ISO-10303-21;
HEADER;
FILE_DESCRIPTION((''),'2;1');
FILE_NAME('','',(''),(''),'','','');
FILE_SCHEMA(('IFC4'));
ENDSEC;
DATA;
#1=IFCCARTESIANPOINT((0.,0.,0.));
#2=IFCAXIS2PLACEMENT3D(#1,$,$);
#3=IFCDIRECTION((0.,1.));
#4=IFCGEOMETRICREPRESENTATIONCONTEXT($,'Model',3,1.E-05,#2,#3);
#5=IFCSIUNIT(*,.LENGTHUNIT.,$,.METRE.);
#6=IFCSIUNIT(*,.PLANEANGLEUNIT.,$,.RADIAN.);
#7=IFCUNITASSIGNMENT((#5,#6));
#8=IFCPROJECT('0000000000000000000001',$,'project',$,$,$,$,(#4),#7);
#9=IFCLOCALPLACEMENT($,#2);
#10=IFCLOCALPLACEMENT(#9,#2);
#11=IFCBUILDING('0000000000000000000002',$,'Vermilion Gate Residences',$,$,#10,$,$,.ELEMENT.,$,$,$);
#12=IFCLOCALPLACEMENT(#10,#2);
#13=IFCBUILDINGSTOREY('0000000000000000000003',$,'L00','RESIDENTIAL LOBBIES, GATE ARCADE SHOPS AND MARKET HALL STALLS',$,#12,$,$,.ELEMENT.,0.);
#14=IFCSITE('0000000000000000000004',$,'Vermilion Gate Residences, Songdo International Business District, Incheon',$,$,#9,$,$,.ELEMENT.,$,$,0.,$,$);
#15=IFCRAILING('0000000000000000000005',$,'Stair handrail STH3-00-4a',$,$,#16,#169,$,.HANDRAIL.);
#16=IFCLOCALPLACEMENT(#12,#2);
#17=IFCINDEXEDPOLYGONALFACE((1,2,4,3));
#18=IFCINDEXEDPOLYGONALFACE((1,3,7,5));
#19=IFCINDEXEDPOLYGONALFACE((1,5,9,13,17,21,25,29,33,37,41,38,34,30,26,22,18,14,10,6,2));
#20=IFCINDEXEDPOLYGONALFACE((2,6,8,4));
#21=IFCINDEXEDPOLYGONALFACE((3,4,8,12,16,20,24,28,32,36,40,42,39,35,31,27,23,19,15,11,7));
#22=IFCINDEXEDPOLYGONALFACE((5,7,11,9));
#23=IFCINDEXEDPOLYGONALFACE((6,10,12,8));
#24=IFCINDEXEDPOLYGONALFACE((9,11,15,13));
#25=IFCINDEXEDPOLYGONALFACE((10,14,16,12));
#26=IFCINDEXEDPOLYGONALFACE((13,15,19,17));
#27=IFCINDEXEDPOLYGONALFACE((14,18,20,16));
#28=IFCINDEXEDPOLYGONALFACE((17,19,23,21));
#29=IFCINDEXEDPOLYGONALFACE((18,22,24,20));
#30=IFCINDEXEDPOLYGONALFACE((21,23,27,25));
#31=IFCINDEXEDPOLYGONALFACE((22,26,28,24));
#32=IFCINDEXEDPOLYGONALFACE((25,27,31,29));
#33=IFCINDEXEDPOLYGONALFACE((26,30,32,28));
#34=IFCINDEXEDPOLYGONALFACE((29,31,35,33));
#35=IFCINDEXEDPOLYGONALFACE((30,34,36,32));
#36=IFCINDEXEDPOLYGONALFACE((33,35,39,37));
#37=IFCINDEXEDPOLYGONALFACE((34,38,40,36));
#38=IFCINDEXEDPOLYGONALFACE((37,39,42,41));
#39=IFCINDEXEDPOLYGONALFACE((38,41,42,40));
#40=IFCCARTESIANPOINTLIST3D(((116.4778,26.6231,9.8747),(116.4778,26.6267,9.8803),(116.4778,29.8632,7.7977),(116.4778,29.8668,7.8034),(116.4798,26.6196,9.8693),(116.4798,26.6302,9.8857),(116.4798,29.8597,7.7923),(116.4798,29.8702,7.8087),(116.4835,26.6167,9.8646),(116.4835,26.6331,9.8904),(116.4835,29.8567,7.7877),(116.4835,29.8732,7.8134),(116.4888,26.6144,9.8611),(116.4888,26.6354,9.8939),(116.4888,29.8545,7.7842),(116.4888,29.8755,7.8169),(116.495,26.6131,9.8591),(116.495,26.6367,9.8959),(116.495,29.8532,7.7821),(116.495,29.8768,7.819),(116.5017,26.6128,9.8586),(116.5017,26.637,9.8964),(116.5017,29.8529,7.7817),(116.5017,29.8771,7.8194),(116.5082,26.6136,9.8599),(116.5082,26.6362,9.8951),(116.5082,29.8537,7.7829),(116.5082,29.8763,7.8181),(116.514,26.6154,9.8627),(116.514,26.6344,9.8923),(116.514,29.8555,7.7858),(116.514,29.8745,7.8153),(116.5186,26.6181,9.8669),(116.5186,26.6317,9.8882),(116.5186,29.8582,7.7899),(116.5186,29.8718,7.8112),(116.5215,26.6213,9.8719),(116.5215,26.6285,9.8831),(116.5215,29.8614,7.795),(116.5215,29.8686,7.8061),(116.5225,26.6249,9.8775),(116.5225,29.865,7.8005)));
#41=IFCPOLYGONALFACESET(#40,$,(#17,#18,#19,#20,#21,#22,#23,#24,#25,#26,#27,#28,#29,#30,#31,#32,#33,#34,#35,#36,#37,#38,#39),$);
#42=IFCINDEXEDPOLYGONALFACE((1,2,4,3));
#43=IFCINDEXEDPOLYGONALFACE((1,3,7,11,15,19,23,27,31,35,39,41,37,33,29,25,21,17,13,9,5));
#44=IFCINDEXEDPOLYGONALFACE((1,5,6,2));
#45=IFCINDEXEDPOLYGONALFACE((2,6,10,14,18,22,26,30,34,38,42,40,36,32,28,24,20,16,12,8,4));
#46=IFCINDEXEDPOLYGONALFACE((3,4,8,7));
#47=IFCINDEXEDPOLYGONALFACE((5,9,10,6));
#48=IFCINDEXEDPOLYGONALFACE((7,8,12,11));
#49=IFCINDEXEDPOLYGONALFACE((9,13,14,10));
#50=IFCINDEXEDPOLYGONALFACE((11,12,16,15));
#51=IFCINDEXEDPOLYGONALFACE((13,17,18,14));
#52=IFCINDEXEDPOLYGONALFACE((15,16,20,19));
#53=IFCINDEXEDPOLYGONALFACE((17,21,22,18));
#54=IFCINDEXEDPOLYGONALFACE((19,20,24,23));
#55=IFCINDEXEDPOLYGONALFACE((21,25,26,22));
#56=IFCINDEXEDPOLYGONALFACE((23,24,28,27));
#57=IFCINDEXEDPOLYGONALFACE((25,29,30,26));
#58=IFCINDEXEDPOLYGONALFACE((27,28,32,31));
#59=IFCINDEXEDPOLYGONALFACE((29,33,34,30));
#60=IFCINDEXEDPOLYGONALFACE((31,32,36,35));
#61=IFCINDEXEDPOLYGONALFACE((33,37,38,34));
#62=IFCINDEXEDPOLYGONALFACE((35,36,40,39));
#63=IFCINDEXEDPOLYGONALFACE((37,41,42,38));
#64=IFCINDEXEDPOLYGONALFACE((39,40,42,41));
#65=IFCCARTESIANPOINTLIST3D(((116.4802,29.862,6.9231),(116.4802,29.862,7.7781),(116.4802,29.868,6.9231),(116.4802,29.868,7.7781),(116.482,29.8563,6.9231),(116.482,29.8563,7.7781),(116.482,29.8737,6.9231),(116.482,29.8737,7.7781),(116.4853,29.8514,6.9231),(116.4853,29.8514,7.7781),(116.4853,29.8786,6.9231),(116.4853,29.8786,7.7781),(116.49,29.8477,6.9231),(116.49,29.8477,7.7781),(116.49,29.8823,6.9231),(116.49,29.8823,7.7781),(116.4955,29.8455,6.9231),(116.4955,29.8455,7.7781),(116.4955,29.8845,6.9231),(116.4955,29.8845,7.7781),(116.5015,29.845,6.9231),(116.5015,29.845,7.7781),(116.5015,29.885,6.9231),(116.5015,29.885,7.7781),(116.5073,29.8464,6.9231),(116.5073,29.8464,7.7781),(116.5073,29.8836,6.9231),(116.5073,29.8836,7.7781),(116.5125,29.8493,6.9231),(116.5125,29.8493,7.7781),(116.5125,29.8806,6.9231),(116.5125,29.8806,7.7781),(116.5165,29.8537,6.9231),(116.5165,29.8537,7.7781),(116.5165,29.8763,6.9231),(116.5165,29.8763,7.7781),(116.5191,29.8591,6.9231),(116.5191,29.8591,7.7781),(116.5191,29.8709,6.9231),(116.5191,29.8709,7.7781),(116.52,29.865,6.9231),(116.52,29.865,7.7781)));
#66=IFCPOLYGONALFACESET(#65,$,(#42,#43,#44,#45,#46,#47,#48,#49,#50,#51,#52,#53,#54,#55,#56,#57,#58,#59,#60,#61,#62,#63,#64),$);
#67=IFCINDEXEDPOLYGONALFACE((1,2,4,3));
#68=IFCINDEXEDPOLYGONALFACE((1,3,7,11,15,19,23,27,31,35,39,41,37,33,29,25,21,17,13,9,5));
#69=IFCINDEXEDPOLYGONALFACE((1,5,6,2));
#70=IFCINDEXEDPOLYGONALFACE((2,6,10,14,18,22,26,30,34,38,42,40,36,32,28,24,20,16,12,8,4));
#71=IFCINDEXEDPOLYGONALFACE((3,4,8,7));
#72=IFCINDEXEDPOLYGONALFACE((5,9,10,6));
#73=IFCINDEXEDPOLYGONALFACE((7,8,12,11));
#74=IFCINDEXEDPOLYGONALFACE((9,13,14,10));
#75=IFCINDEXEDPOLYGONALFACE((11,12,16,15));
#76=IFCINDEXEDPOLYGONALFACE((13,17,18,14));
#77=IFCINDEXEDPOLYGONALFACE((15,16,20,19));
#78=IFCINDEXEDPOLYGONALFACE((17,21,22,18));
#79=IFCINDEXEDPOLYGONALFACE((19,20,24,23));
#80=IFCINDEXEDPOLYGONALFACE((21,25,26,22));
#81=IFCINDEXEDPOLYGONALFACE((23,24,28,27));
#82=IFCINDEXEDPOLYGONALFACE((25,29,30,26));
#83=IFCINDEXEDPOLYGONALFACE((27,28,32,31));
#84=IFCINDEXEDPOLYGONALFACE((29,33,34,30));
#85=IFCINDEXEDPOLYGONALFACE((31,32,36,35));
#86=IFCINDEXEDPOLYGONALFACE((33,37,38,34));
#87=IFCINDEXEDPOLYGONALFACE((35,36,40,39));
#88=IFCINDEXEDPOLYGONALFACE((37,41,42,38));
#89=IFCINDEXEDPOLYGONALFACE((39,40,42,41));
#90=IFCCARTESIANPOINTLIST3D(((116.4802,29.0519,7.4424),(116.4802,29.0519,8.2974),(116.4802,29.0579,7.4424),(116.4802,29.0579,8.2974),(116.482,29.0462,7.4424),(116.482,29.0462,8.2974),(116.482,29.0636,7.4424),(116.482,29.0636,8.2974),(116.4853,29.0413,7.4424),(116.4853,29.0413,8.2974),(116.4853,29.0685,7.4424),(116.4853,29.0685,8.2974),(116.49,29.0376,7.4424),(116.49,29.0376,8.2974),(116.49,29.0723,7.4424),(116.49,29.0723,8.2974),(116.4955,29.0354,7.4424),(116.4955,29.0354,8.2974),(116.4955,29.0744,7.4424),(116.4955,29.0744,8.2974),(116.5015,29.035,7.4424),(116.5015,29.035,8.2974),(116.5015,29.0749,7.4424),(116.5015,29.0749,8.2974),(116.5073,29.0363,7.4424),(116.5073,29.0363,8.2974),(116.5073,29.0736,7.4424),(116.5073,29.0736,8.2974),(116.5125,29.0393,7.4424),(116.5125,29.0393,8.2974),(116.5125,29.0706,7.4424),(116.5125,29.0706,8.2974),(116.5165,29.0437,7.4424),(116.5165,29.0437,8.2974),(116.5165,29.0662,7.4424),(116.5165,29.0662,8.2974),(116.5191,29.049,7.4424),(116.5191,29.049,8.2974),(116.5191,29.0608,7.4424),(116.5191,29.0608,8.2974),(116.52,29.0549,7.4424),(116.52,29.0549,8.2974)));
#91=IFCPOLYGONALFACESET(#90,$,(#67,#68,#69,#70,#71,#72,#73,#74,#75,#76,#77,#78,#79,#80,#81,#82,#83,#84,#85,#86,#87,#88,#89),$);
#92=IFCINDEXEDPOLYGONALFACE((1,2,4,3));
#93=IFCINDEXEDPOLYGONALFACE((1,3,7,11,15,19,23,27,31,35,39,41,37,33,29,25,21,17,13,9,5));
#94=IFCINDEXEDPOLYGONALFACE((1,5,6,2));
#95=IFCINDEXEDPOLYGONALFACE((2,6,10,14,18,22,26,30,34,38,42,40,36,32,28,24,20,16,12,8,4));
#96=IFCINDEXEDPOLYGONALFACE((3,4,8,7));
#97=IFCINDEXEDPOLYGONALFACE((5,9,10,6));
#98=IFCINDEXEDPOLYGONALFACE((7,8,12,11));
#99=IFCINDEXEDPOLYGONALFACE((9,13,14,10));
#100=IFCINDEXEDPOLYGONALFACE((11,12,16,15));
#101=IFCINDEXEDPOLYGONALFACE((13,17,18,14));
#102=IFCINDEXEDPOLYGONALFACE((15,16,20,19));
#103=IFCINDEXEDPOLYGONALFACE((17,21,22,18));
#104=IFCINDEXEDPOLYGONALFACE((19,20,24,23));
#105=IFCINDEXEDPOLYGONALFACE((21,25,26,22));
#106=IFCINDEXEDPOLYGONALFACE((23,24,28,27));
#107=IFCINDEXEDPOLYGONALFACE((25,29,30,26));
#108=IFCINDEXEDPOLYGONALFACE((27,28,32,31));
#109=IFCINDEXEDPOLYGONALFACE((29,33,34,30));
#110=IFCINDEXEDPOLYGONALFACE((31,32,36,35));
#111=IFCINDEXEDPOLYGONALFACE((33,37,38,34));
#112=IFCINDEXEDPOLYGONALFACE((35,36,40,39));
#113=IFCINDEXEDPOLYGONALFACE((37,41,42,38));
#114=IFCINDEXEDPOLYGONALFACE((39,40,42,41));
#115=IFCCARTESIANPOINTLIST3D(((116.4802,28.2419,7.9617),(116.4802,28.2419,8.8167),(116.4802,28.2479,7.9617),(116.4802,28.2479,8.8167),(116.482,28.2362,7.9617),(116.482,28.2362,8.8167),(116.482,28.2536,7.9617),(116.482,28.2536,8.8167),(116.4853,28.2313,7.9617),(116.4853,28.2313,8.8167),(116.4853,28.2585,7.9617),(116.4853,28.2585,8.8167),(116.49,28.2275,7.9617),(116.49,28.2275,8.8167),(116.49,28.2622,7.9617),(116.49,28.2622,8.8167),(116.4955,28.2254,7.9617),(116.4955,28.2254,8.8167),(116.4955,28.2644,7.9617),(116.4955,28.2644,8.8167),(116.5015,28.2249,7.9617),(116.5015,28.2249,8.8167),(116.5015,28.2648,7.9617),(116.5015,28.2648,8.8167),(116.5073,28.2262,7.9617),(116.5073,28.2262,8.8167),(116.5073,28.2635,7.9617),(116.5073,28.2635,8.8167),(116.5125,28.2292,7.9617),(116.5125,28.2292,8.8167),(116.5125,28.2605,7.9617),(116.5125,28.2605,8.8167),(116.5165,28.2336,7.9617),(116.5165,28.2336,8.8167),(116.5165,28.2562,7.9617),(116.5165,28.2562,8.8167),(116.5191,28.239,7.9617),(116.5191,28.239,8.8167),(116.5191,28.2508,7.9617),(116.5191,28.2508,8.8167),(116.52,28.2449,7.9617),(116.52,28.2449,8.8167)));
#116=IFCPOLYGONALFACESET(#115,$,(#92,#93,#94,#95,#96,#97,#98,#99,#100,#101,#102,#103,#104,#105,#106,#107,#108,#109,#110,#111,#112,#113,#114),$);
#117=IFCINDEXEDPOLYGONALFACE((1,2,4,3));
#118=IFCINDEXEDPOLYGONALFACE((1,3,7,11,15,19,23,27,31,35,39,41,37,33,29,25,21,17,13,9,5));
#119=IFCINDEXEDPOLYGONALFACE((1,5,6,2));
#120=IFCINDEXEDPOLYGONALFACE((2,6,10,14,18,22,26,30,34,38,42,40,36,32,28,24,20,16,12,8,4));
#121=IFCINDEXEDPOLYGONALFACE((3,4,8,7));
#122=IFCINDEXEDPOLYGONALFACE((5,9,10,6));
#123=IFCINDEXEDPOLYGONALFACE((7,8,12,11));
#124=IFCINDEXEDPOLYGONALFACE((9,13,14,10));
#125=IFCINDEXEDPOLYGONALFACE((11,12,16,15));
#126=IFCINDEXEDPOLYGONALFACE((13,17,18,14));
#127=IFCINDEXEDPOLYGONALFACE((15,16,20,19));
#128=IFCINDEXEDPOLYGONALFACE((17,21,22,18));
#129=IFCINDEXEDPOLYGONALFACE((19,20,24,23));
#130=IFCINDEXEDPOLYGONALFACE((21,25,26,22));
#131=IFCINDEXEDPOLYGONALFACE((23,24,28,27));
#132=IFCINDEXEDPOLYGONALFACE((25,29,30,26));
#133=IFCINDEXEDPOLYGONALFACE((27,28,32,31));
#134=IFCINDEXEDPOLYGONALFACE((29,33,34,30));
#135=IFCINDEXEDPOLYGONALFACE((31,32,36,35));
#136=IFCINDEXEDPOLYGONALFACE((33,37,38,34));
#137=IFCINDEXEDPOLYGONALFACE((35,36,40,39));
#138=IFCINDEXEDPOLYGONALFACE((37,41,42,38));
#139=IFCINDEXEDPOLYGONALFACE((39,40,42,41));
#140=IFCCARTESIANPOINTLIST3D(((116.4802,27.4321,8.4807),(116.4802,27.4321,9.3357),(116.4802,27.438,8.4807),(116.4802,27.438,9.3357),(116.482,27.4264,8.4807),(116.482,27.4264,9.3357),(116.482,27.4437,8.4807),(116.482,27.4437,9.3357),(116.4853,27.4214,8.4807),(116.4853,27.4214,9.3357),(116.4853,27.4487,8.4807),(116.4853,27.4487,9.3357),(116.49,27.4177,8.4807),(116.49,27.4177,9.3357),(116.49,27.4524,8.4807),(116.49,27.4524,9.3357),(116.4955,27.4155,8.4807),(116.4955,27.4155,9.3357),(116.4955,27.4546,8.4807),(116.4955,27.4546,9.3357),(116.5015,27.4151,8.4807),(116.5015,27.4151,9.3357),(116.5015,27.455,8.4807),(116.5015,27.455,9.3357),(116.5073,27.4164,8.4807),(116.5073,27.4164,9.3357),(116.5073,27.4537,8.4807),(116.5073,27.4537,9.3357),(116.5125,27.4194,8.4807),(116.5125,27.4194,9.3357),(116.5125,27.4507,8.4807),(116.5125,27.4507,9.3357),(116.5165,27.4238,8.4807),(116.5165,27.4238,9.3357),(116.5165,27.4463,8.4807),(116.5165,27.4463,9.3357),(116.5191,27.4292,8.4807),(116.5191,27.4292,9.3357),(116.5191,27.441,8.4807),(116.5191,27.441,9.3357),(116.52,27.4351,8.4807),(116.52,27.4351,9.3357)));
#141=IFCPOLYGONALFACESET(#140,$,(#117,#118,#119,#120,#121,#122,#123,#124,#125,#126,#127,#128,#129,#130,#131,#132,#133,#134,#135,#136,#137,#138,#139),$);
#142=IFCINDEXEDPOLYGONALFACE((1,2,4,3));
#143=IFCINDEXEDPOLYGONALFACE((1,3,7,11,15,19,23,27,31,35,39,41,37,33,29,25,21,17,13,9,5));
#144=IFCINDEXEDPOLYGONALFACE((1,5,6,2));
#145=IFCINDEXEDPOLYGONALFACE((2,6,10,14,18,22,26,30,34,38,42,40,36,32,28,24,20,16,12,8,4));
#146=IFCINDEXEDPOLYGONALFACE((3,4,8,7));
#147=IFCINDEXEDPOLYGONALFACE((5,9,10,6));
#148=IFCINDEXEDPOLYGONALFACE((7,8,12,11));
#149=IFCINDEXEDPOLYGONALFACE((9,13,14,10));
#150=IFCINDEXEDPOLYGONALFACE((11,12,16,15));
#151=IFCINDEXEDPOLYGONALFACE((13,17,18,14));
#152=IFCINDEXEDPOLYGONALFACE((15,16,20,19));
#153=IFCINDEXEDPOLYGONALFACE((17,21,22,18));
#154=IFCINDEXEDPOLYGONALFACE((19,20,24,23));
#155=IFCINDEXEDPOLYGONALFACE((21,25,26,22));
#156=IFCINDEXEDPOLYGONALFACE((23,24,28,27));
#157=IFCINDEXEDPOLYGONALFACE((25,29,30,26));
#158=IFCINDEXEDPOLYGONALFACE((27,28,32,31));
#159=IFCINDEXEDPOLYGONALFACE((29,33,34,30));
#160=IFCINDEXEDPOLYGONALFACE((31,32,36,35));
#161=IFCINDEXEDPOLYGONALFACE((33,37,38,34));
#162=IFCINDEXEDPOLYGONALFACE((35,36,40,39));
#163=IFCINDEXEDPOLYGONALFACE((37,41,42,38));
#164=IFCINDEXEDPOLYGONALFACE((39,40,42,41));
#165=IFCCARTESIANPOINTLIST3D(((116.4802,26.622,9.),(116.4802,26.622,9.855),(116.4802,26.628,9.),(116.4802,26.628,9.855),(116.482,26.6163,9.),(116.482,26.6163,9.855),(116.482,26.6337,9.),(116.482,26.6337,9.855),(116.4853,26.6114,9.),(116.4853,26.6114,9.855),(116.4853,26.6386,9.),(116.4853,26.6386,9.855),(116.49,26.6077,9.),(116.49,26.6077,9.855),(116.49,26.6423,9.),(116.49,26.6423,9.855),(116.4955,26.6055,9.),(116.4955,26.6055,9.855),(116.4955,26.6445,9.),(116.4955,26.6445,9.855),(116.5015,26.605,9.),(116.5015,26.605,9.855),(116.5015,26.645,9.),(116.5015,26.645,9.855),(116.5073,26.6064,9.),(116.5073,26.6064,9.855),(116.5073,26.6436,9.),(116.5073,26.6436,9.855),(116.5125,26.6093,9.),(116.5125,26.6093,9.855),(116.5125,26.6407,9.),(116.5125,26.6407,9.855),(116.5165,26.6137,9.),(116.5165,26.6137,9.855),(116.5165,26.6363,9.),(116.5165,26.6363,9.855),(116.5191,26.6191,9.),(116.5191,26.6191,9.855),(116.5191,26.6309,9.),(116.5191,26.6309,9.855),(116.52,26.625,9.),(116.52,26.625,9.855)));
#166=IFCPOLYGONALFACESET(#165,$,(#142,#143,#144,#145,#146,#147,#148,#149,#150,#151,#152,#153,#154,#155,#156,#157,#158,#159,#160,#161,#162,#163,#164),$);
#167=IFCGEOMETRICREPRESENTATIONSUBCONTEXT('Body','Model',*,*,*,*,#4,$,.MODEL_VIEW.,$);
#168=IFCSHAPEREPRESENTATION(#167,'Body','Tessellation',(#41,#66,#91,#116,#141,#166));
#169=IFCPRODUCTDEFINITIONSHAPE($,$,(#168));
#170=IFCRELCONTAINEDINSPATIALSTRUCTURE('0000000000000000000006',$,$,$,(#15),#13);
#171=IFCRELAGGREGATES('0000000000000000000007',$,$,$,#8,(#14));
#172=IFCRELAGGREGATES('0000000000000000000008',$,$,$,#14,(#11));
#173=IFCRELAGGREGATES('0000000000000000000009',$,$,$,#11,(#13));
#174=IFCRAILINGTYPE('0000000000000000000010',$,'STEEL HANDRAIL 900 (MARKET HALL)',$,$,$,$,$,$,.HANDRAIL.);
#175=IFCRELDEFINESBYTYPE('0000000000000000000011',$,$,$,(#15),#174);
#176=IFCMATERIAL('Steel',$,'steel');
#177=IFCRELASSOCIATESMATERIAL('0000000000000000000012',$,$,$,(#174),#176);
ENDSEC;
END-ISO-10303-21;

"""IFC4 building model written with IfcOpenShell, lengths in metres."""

from ifc_helpers import new_model, si_unit, direction, frame, origin, origin_2d, place, context, subcontext, project, spatial, circle, extrude, material, type_object, element, save


model = new_model("IFC4")

# Units and contexts
model_context = context("Model", 3, precision=1e-05, world=origin(), true_north=direction((0.0, 1.0)))
body_context = subcontext(model_context, "Body", "Model", "MODEL_VIEW")
ifc_project = project(units=[si_unit("LENGTHUNIT", "METRE"), si_unit("PLANEANGLEUNIT", "RADIAN")], contexts=[model_context])

# Site, building, storey
site_placement = place(None, origin())
site = spatial("IfcSite", under=ifc_project, at=site_placement, Name="Vermilion Gate Residences, Songdo International Business District, Incheon", CompositionType="ELEMENT", RefElevation=0.0)
building_placement = place(site_placement, origin())
building = spatial("IfcBuilding", under=site, at=building_placement, Name="Vermilion Gate Residences", CompositionType="ELEMENT")
storey_placement = place(building_placement, origin())
storey = spatial("IfcBuildingStorey", under=building, at=storey_placement, Name="L00", Description="RESIDENTIAL LOBBIES, GATE ARCADE SHOPS AND MARKET HALL STALLS", CompositionType="ELEMENT", Elevation=0.0)

# Railing
ifc_material_1 = material(Name="Steel", Category="steel")
railing_type = type_object("IfcRailingType", Name="STEEL HANDRAIL 900 (MARKET HALL)", PredefinedType="HANDRAIL", material=ifc_material_1)
for number, where, name in (
    (1, (116.5, 29.865, 6.9231), "Stair handrail STH3-00-4a"),
):
    element("IfcRailing", number, at=place(storey_placement, frame(where)), inside=storey, type_object=railing_type, Name=name, PredefinedType="HANDRAIL", context=body_context, shape_type="SweptSolid", body=[
        extrude(circle(Radius=0.0225, at=origin_2d()), frame((0.0, 0.0, 0.8774), z_axis=(0.0, -0.841881, 0.539664), x_axis=(1.0, 0.0, 0.0)), (0.0, 0.0, 1.0), 3.8486),
        extrude(circle(Radius=0.02, at=origin_2d()), origin(), (0.0, 0.0, 1.0), 0.855),
        extrude(circle(Radius=0.02, at=origin_2d()), frame((0.0, -0.8101, 0.5193)), (0.0, 0.0, 1.0), 0.855),
        extrude(circle(Radius=0.02, at=origin_2d()), frame((0.0, -1.6201, 1.0386)), (0.0, 0.0, 1.0), 0.855),
        extrude(circle(Radius=0.02, at=origin_2d()), frame((0.0, -2.4299, 1.5576)), (0.0, 0.0, 1.0), 0.855),
        extrude(circle(Radius=0.02, at=origin_2d()), frame((0.0, -3.24, 2.0769)), (0.0, 0.0, 1.0), 0.855),
    ])

save(model, "model.ifc")
